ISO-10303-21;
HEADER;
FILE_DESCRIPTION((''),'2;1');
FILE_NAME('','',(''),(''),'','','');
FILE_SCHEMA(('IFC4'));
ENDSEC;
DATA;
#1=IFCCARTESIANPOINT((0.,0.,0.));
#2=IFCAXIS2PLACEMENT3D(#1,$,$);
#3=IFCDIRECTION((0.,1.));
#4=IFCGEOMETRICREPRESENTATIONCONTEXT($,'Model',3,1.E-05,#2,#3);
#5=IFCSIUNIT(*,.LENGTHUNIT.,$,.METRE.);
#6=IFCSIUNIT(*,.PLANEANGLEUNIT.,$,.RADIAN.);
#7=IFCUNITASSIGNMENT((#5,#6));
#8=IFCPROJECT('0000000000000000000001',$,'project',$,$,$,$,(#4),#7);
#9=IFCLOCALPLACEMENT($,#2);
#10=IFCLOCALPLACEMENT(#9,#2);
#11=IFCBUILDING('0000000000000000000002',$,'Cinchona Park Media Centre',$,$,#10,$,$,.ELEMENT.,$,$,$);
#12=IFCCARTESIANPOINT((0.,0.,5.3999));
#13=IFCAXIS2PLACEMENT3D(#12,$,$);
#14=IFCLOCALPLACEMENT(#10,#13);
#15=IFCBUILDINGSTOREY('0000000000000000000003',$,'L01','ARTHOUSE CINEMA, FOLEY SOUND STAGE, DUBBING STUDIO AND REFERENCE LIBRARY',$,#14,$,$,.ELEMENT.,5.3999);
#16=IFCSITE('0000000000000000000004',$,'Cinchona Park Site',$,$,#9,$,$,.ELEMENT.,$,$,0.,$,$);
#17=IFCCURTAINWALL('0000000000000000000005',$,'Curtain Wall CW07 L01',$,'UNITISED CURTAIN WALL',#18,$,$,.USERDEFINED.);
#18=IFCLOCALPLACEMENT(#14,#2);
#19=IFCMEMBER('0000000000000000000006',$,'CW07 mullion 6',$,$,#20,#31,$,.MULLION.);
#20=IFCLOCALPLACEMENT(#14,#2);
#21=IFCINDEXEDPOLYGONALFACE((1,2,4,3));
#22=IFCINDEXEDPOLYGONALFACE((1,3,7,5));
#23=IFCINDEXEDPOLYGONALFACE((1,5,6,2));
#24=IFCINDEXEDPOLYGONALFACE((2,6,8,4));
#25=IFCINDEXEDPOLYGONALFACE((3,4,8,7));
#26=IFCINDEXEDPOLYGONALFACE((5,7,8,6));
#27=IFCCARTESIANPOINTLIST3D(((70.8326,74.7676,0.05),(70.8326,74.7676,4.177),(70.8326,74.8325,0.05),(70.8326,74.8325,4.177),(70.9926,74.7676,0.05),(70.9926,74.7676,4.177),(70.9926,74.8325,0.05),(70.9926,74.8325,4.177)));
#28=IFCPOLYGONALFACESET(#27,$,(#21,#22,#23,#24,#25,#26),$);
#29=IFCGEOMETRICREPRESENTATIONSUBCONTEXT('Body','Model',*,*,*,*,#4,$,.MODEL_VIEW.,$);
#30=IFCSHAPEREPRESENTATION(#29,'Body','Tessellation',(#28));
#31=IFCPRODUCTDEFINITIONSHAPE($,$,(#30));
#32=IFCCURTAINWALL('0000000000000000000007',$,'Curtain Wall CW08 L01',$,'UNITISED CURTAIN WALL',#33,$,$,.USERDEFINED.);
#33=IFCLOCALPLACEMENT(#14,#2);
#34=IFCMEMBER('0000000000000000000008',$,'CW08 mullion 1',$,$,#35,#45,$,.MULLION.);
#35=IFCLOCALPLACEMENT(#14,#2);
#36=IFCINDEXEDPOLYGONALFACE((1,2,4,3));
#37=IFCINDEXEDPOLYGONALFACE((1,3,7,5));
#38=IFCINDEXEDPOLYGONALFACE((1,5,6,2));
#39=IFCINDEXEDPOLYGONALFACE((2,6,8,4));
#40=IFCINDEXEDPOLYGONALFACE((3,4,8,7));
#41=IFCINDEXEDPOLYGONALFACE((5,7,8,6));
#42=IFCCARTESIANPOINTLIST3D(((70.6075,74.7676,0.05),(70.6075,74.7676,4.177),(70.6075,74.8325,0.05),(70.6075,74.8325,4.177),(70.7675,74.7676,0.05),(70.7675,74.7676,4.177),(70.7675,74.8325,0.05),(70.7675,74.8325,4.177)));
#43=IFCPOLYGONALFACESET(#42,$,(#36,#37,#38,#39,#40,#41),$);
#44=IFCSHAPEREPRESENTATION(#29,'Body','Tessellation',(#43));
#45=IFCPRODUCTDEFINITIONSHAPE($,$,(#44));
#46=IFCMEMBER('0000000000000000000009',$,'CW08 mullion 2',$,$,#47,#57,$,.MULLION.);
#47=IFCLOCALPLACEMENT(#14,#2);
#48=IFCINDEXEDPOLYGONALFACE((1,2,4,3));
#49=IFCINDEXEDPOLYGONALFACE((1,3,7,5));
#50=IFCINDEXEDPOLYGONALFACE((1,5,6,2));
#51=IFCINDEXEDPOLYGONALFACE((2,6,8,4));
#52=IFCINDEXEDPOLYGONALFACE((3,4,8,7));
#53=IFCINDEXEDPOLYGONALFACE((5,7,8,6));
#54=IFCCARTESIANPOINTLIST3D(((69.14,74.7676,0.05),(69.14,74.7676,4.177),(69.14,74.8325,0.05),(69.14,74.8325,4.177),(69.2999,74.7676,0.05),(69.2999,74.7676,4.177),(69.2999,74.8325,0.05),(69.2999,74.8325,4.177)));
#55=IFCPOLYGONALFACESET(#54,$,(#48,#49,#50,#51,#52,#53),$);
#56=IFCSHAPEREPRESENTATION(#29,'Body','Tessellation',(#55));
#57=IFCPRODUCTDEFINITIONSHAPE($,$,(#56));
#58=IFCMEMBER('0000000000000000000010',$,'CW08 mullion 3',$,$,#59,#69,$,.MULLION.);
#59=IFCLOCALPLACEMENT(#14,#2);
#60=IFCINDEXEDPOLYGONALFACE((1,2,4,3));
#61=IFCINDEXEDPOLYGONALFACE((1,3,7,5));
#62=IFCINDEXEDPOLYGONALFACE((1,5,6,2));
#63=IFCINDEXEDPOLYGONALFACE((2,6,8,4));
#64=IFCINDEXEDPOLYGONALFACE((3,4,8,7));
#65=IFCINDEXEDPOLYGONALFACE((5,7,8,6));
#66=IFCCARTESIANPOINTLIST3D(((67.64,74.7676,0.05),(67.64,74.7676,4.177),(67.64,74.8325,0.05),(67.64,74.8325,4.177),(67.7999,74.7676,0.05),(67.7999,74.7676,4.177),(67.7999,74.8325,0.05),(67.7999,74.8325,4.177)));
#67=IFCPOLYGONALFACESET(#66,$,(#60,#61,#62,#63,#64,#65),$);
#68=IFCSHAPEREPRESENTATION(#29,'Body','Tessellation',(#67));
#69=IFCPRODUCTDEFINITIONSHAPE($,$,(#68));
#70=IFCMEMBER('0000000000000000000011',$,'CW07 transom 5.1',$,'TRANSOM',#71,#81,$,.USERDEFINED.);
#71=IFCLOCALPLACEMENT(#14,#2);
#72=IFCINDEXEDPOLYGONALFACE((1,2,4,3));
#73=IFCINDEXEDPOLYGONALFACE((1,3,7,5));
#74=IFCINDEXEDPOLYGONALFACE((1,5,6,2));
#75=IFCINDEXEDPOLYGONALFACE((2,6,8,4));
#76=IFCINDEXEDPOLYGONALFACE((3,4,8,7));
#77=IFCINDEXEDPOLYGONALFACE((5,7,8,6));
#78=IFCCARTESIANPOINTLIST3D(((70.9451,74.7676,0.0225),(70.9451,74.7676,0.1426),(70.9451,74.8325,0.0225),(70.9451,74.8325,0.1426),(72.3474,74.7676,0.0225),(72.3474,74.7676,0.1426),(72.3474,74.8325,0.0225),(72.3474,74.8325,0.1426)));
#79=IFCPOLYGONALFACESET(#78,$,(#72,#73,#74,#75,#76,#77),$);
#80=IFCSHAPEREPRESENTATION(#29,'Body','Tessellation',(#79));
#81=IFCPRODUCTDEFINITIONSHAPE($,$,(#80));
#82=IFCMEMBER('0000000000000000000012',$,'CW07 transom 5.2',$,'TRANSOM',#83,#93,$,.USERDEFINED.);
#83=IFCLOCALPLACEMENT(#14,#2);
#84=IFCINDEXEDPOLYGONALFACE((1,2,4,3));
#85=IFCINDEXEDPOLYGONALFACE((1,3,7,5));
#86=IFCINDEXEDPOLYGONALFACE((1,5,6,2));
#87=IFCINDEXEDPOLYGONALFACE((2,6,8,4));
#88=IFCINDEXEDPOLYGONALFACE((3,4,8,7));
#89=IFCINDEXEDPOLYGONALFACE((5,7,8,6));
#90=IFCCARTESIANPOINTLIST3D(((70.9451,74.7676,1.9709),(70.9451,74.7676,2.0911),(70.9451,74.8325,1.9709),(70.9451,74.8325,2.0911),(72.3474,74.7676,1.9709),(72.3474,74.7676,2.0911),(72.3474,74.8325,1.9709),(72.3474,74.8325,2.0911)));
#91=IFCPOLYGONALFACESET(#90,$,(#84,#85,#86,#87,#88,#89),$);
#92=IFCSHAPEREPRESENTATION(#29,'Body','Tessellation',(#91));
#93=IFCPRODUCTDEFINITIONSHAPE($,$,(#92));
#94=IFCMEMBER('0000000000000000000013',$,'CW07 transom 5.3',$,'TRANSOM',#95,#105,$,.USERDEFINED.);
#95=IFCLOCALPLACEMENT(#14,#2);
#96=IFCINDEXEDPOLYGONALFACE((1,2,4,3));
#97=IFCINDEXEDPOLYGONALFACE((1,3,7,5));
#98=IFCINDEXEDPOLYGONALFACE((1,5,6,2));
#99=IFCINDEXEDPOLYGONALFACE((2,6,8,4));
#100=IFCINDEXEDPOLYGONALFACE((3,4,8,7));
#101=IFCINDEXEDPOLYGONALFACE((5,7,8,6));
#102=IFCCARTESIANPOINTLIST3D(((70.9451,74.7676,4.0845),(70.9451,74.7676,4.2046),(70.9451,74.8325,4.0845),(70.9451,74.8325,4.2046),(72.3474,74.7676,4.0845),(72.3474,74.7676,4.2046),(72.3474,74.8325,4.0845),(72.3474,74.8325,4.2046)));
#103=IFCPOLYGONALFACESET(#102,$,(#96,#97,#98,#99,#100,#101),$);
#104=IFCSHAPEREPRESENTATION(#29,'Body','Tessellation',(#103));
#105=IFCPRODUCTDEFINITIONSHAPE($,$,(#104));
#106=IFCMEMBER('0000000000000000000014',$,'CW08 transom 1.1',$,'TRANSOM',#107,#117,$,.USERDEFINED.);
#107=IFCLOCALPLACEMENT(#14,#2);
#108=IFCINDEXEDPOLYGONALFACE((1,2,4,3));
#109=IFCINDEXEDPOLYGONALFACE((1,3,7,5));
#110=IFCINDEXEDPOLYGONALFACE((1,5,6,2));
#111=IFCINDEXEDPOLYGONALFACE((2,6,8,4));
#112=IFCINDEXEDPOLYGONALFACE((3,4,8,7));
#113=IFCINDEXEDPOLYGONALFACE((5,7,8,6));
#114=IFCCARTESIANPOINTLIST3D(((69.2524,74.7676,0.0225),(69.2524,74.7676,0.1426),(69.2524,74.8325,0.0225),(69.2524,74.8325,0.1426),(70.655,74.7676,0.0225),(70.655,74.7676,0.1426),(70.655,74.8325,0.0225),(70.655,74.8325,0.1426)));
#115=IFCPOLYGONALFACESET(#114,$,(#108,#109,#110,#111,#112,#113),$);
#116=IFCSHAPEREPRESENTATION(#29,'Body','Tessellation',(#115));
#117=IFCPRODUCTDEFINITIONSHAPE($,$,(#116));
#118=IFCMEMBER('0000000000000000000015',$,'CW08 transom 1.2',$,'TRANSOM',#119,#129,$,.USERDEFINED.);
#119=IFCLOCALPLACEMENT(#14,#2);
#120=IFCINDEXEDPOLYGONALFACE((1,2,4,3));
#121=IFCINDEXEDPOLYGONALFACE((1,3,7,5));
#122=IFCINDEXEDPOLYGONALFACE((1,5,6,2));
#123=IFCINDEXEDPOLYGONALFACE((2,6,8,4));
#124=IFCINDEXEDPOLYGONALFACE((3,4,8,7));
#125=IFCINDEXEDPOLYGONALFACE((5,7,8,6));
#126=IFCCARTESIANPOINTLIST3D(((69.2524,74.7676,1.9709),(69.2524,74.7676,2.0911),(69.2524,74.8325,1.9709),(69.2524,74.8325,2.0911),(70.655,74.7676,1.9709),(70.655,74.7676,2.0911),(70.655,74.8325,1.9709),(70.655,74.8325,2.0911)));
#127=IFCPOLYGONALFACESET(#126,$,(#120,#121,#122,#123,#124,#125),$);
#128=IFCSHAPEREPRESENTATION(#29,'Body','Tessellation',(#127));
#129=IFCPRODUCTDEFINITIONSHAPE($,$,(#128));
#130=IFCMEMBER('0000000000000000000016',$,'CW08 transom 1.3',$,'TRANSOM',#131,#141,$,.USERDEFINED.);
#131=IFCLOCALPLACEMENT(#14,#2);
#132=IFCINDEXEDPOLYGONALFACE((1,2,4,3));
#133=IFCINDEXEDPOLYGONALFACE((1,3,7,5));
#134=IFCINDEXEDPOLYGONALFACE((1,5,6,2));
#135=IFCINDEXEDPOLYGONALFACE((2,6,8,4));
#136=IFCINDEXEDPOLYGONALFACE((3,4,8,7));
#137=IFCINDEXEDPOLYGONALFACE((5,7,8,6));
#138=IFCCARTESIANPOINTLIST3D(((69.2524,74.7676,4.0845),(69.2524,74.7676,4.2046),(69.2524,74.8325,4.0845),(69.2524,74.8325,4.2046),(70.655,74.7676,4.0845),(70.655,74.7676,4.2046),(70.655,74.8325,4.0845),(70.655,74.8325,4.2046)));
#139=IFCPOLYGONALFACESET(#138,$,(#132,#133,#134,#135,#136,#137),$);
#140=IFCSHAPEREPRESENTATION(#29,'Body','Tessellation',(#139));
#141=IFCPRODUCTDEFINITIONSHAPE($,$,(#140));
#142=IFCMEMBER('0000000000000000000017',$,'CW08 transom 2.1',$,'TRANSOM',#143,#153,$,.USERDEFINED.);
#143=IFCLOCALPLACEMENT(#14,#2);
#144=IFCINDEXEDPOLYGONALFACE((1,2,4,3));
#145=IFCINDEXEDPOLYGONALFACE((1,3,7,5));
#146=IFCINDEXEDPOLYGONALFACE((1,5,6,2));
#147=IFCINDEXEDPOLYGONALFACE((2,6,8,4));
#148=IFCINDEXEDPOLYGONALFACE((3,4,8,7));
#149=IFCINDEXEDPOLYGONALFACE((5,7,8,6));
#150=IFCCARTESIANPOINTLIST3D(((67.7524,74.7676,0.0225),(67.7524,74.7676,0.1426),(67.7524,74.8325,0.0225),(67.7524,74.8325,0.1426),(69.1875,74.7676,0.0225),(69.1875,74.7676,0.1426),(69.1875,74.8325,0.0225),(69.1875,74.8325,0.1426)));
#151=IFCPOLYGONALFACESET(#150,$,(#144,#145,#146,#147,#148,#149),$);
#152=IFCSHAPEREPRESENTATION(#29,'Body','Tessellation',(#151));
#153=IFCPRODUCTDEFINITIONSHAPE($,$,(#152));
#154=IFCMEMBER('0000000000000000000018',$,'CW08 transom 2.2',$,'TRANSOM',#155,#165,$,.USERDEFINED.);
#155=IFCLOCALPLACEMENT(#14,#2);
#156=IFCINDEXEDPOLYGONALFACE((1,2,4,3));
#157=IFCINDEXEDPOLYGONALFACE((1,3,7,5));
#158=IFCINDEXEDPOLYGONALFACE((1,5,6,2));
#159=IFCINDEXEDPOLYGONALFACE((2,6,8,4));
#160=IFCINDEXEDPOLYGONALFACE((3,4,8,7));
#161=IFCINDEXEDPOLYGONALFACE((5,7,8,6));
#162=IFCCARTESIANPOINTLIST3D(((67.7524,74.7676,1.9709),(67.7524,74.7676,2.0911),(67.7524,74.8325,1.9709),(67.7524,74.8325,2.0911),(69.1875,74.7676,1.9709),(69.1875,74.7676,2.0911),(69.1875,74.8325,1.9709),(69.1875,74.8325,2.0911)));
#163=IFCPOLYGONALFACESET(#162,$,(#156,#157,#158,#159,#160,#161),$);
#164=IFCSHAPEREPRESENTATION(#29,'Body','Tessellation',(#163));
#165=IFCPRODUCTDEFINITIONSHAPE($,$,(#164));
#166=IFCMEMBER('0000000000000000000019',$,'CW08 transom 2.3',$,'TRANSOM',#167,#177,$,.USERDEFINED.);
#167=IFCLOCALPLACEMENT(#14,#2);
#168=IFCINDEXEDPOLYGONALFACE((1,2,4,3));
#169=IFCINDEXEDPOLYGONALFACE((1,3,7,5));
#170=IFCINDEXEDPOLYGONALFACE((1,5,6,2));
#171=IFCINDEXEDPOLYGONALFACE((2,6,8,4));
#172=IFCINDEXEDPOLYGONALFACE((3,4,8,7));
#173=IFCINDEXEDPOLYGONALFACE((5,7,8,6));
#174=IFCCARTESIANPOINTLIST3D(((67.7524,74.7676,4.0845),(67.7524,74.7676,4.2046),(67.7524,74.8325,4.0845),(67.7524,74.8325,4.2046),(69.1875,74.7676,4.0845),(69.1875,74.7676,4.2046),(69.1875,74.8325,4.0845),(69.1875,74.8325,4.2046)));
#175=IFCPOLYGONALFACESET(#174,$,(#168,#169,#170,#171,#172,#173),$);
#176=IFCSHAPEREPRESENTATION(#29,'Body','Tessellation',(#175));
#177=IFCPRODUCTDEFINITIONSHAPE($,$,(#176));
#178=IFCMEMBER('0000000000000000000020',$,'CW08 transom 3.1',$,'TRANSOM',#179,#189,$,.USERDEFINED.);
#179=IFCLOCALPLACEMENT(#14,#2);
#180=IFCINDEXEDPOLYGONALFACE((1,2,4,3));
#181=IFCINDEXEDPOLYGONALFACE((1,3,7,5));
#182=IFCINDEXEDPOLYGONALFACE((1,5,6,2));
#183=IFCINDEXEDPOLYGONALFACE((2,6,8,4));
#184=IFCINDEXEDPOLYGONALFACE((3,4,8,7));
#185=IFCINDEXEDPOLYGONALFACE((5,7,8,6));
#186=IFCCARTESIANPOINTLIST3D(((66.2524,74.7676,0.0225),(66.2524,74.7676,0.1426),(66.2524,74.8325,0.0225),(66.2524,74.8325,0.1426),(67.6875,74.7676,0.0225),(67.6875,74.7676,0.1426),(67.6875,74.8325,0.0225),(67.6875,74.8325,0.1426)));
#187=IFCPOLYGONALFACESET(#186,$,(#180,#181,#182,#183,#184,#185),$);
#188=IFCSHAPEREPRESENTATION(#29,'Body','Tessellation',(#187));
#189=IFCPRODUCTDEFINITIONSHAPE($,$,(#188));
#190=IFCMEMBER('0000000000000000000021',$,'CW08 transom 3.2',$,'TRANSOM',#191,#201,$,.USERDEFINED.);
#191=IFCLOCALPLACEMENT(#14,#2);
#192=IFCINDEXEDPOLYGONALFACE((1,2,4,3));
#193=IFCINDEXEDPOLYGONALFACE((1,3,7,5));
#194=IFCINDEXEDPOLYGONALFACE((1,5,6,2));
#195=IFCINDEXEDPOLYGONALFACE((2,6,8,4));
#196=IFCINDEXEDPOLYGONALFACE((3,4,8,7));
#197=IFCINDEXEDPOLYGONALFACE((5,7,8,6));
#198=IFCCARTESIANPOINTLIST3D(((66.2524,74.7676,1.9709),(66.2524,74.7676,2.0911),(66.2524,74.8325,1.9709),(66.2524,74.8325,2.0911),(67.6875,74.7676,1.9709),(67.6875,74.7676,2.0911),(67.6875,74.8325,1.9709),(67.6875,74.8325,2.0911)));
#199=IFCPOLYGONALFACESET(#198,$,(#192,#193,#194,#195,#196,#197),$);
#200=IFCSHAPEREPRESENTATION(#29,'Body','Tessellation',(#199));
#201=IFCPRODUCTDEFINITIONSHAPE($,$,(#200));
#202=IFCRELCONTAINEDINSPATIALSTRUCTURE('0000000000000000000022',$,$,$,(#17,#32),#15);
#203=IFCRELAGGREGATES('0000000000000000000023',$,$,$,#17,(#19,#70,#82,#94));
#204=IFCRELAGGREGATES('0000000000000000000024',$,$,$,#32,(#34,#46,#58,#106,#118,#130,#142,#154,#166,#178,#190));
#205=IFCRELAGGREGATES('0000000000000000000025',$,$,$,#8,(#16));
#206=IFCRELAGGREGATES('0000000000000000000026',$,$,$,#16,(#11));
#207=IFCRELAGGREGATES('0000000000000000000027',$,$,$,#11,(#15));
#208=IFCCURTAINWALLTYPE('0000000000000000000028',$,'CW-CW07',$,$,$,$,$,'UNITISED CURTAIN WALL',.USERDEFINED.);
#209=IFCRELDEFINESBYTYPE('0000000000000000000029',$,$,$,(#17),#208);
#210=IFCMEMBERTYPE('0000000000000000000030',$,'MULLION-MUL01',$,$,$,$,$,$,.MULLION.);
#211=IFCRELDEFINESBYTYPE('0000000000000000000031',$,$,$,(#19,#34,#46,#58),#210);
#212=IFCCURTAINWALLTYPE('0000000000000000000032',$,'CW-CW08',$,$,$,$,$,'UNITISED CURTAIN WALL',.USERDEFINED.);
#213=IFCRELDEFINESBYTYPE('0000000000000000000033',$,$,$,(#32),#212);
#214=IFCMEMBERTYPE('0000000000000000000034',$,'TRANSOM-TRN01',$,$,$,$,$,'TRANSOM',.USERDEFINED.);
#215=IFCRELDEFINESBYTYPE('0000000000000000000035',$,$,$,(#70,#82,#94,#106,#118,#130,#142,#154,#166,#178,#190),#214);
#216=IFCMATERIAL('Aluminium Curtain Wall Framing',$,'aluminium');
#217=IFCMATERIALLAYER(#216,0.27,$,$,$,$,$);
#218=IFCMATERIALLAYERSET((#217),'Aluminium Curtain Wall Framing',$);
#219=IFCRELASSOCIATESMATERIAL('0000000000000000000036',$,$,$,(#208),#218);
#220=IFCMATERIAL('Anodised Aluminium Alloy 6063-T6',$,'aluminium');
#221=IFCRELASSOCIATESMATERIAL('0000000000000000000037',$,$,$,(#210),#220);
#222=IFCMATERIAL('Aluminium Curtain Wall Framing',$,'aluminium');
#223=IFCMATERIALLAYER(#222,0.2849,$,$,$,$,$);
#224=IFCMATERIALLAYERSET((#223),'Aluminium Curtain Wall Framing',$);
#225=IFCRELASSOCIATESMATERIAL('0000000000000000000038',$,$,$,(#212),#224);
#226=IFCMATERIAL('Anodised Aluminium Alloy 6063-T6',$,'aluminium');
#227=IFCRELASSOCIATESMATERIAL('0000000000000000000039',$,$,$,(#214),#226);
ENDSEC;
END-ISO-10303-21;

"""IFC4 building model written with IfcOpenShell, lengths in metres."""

from ifc_helpers import new_model, si_unit, direction, frame, origin, origin_2d, place, context, subcontext, project, spatial, rectangle, extrude, material, layer, layer_set, material_profile, profile_set, type_object, element, aggregate, save


model = new_model("IFC4")

# Units and contexts
model_context = context("Model", 3, precision=1e-05, world=origin(), true_north=direction((0.0, 1.0)))
body_context = subcontext(model_context, "Body", "Model", "MODEL_VIEW")
ifc_project = project(units=[si_unit("LENGTHUNIT", "METRE"), si_unit("PLANEANGLEUNIT", "RADIAN")], contexts=[model_context])

# Site, building, storey
site_placement = place(None, origin())
site = spatial("IfcSite", under=ifc_project, at=site_placement, Name="Cinchona Park Site", CompositionType="ELEMENT", RefElevation=0.0)
building_placement = place(site_placement, origin())
building = spatial("IfcBuilding", under=site, at=building_placement, Name="Cinchona Park Media Centre", CompositionType="ELEMENT")
storey_placement = place(building_placement, frame((0.0, 0.0, 5.3999)))
storey = spatial("IfcBuildingStorey", under=building, at=storey_placement, Name="L01", Description="ARTHOUSE CINEMA, FOLEY SOUND STAGE, DUBBING STUDIO AND REFERENCE LIBRARY", CompositionType="ELEMENT", Elevation=5.3999)

# Curtain wall, member
ifc_material_1 = material(Name="Aluminium Curtain Wall Framing", Category="aluminium")
ifc_layer_1 = layer(ifc_material_1, 0.27)
ifc_layer_set_1 = layer_set([ifc_layer_1], Name="Aluminium Curtain Wall Framing")
curtain_wall_type_1 = type_object("IfcCurtainWallType", Name="CW-CW07", ElementType="UNITISED CURTAIN WALL", PredefinedType="USERDEFINED", material=ifc_layer_set_1)
curtain_wall_1_placement = place(storey_placement, origin())
curtain_wall_1 = element("IfcCurtainWall", 1, at=curtain_wall_1_placement, inside=storey, type_object=curtain_wall_type_1, Name="Curtain Wall CW07 L01", ObjectType="UNITISED CURTAIN WALL", PredefinedType="USERDEFINED")
ifc_material_2 = material(Name="Anodised Aluminium Alloy 6063-T6", Category="aluminium")
ifc_material_profile_1 = material_profile(ifc_material_2, rectangle(XDim=0.0649, YDim=0.1599, at=origin_2d()), Name="MUL-65X160")
ifc_profile_set_1 = profile_set([ifc_material_profile_1], Name="Anodised Aluminium Alloy 6063-T6")
member_type_1 = type_object("IfcMemberType", Name="MULLION-MUL01", PredefinedType="MULLION", material=ifc_profile_set_1)
member_1_placement = place(storey_placement, frame((70.9126, 74.8, 0.05), z_axis=(0.0, 0.0, 1.0), x_axis=(0.0, -1.0, 0.0)))
member_1 = element("IfcMember", 2, at=member_1_placement, type_object=member_type_1, Name="CW07 mullion 6", PredefinedType="MULLION", context=body_context, shape_type="SweptSolid", body=[
    extrude(rectangle(XDim=0.0649, YDim=0.1599, at=origin_2d()), origin(), (0.0, 0.0, 1.0), 4.127),
])

# Curtain wall, members
ifc_material_3 = material(Name="Aluminium Curtain Wall Framing", Category="aluminium")
ifc_layer_2 = layer(ifc_material_3, 0.2849)
ifc_layer_set_2 = layer_set([ifc_layer_2], Name="Aluminium Curtain Wall Framing")
curtain_wall_type_2 = type_object("IfcCurtainWallType", Name="CW-CW08", ElementType="UNITISED CURTAIN WALL", PredefinedType="USERDEFINED", material=ifc_layer_set_2)
curtain_wall_2_placement = place(storey_placement, origin())
curtain_wall_2 = element("IfcCurtainWall", 3, at=curtain_wall_2_placement, inside=storey, type_object=curtain_wall_type_2, Name="Curtain Wall CW08 L01", ObjectType="UNITISED CURTAIN WALL", PredefinedType="USERDEFINED")
member_2_placement = place(storey_placement, frame((70.6875, 74.8, 0.05), z_axis=(0.0, 0.0, 1.0), x_axis=(0.0, -1.0, 0.0)))
member_2 = element("IfcMember", 4, at=member_2_placement, type_object=member_type_1, Name="CW08 mullion 1", PredefinedType="MULLION", context=body_context, shape_type="SweptSolid", body=[
    extrude(rectangle(XDim=0.0649, YDim=0.1599, at=origin_2d()), origin(), (0.0, 0.0, 1.0), 4.127),
])
member_3_placement = place(storey_placement, frame((69.22, 74.8, 0.05), z_axis=(0.0, 0.0, 1.0), x_axis=(0.0, -1.0, 0.0)))
member_3 = element("IfcMember", 5, at=member_3_placement, type_object=member_type_1, Name="CW08 mullion 2", PredefinedType="MULLION", context=body_context, shape_type="SweptSolid", body=[
    extrude(rectangle(XDim=0.0649, YDim=0.1599, at=origin_2d()), origin(), (0.0, 0.0, 1.0), 4.127),
])
member_4_placement = place(storey_placement, frame((67.72, 74.8, 0.05), z_axis=(0.0, 0.0, 1.0), x_axis=(0.0, -1.0, 0.0)))
member_4 = element("IfcMember", 6, at=member_4_placement, type_object=member_type_1, Name="CW08 mullion 3", PredefinedType="MULLION", context=body_context, shape_type="SweptSolid", body=[
    extrude(rectangle(XDim=0.0649, YDim=0.1599, at=origin_2d()), origin(), (0.0, 0.0, 1.0), 4.127),
])

# Members
ifc_material_4 = material(Name="Anodised Aluminium Alloy 6063-T6", Category="aluminium")
ifc_material_profile_2 = material_profile(ifc_material_4, rectangle(XDim=0.0649, YDim=0.1201, at=origin_2d()), Name="TRN-65X120")
ifc_profile_set_2 = profile_set([ifc_material_profile_2], Name="Anodised Aluminium Alloy 6063-T6")
member_type_2 = type_object("IfcMemberType", Name="TRANSOM-TRN01", ElementType="TRANSOM", PredefinedType="USERDEFINED", material=ifc_profile_set_2)
member_5_placement = place(storey_placement, frame((72.3474, 74.8, 0.0825), z_axis=(-1.0, 0.0, 0.0), x_axis=(0.0, -1.0, 0.0)))
member_5 = element("IfcMember", 7, at=member_5_placement, type_object=member_type_2, Name="CW07 transom 5.1", ObjectType="TRANSOM", PredefinedType="USERDEFINED", context=body_context, shape_type="SweptSolid", body=[
    extrude(rectangle(XDim=0.0649, YDim=0.1201, at=origin_2d()), origin(), (0.0, 0.0, 1.0), 1.4023),
])
member_6_placement = place(storey_placement, frame((72.3474, 74.8, 2.031), z_axis=(-1.0, 0.0, 0.0), x_axis=(0.0, -1.0, 0.0)))
member_6 = element("IfcMember", 8, at=member_6_placement, type_object=member_type_2, Name="CW07 transom 5.2", ObjectType="TRANSOM", PredefinedType="USERDEFINED", context=body_context, shape_type="SweptSolid", body=[
    extrude(rectangle(XDim=0.0649, YDim=0.1201, at=origin_2d()), origin(), (0.0, 0.0, 1.0), 1.4023),
])
member_7_placement = place(storey_placement, frame((72.3474, 74.8, 4.1445), z_axis=(-1.0, 0.0, 0.0), x_axis=(0.0, -1.0, 0.0)))
member_7 = element("IfcMember", 9, at=member_7_placement, type_object=member_type_2, Name="CW07 transom 5.3", ObjectType="TRANSOM", PredefinedType="USERDEFINED", context=body_context, shape_type="SweptSolid", body=[
    extrude(rectangle(XDim=0.0649, YDim=0.1201, at=origin_2d()), origin(), (0.0, 0.0, 1.0), 1.4023),
])
member_8_placement = place(storey_placement, frame((70.655, 74.8, 0.0825), z_axis=(-1.0, 0.0, 0.0), x_axis=(0.0, -1.0, 0.0)))
member_8 = element("IfcMember", 10, at=member_8_placement, type_object=member_type_2, Name="CW08 transom 1.1", ObjectType="TRANSOM", PredefinedType="USERDEFINED", context=body_context, shape_type="SweptSolid", body=[
    extrude(rectangle(XDim=0.0649, YDim=0.1201, at=origin_2d()), origin(), (0.0, 0.0, 1.0), 1.4026),
])
member_9_placement = place(storey_placement, frame((70.655, 74.8, 2.031), z_axis=(-1.0, 0.0, 0.0), x_axis=(0.0, -1.0, 0.0)))
member_9 = element("IfcMember", 11, at=member_9_placement, type_object=member_type_2, Name="CW08 transom 1.2", ObjectType="TRANSOM", PredefinedType="USERDEFINED", context=body_context, shape_type="SweptSolid", body=[
    extrude(rectangle(XDim=0.0649, YDim=0.1201, at=origin_2d()), origin(), (0.0, 0.0, 1.0), 1.4026),
])
member_10_placement = place(storey_placement, frame((70.655, 74.8, 4.1445), z_axis=(-1.0, 0.0, 0.0), x_axis=(0.0, -1.0, 0.0)))
member_10 = element("IfcMember", 12, at=member_10_placement, type_object=member_type_2, Name="CW08 transom 1.3", ObjectType="TRANSOM", PredefinedType="USERDEFINED", context=body_context, shape_type="SweptSolid", body=[
    extrude(rectangle(XDim=0.0649, YDim=0.1201, at=origin_2d()), origin(), (0.0, 0.0, 1.0), 1.4026),
])
member_11_placement = place(storey_placement, frame((69.1875, 74.8, 0.0825), z_axis=(-1.0, 0.0, 0.0), x_axis=(0.0, -1.0, 0.0)))
member_11 = element("IfcMember", 13, at=member_11_placement, type_object=member_type_2, Name="CW08 transom 2.1", ObjectType="TRANSOM", PredefinedType="USERDEFINED", context=body_context, shape_type="SweptSolid", body=[
    extrude(rectangle(XDim=0.0649, YDim=0.1201, at=origin_2d()), origin(), (0.0, 0.0, 1.0), 1.4351),
])
member_12_placement = place(storey_placement, frame((69.1875, 74.8, 2.031), z_axis=(-1.0, 0.0, 0.0), x_axis=(0.0, -1.0, 0.0)))
member_12 = element("IfcMember", 14, at=member_12_placement, type_object=member_type_2, Name="CW08 transom 2.2", ObjectType="TRANSOM", PredefinedType="USERDEFINED", context=body_context, shape_type="SweptSolid", body=[
    extrude(rectangle(XDim=0.0649, YDim=0.1201, at=origin_2d()), origin(), (0.0, 0.0, 1.0), 1.4351),
])
member_13_placement = place(storey_placement, frame((69.1875, 74.8, 4.1445), z_axis=(-1.0, 0.0, 0.0), x_axis=(0.0, -1.0, 0.0)))
member_13 = element("IfcMember", 15, at=member_13_placement, type_object=member_type_2, Name="CW08 transom 2.3", ObjectType="TRANSOM", PredefinedType="USERDEFINED", context=body_context, shape_type="SweptSolid", body=[
    extrude(rectangle(XDim=0.0649, YDim=0.1201, at=origin_2d()), origin(), (0.0, 0.0, 1.0), 1.4351),
])
member_14_placement = place(storey_placement, frame((67.6875, 74.8, 0.0825), z_axis=(-1.0, 0.0, 0.0), x_axis=(0.0, -1.0, 0.0)))
member_14 = element("IfcMember", 16, at=member_14_placement, type_object=member_type_2, Name="CW08 transom 3.1", ObjectType="TRANSOM", PredefinedType="USERDEFINED", context=body_context, shape_type="SweptSolid", body=[
    extrude(rectangle(XDim=0.0649, YDim=0.1201, at=origin_2d()), origin(), (0.0, 0.0, 1.0), 1.4351),
])
member_15_placement = place(storey_placement, frame((67.6875, 74.8, 2.031), z_axis=(-1.0, 0.0, 0.0), x_axis=(0.0, -1.0, 0.0)))
member_15 = element("IfcMember", 17, at=member_15_placement, type_object=member_type_2, Name="CW08 transom 3.2", ObjectType="TRANSOM", PredefinedType="USERDEFINED", context=body_context, shape_type="SweptSolid", body=[
    extrude(rectangle(XDim=0.0649, YDim=0.1201, at=origin_2d()), origin(), (0.0, 0.0, 1.0), 1.4351),
])

aggregate(curtain_wall_1, [member_1, member_5, member_6, member_7])
aggregate(curtain_wall_2, [member_2, member_3, member_4, member_8, member_9, member_10, member_11, member_12, member_13, member_14, member_15])

save(model, "model.ifc")
